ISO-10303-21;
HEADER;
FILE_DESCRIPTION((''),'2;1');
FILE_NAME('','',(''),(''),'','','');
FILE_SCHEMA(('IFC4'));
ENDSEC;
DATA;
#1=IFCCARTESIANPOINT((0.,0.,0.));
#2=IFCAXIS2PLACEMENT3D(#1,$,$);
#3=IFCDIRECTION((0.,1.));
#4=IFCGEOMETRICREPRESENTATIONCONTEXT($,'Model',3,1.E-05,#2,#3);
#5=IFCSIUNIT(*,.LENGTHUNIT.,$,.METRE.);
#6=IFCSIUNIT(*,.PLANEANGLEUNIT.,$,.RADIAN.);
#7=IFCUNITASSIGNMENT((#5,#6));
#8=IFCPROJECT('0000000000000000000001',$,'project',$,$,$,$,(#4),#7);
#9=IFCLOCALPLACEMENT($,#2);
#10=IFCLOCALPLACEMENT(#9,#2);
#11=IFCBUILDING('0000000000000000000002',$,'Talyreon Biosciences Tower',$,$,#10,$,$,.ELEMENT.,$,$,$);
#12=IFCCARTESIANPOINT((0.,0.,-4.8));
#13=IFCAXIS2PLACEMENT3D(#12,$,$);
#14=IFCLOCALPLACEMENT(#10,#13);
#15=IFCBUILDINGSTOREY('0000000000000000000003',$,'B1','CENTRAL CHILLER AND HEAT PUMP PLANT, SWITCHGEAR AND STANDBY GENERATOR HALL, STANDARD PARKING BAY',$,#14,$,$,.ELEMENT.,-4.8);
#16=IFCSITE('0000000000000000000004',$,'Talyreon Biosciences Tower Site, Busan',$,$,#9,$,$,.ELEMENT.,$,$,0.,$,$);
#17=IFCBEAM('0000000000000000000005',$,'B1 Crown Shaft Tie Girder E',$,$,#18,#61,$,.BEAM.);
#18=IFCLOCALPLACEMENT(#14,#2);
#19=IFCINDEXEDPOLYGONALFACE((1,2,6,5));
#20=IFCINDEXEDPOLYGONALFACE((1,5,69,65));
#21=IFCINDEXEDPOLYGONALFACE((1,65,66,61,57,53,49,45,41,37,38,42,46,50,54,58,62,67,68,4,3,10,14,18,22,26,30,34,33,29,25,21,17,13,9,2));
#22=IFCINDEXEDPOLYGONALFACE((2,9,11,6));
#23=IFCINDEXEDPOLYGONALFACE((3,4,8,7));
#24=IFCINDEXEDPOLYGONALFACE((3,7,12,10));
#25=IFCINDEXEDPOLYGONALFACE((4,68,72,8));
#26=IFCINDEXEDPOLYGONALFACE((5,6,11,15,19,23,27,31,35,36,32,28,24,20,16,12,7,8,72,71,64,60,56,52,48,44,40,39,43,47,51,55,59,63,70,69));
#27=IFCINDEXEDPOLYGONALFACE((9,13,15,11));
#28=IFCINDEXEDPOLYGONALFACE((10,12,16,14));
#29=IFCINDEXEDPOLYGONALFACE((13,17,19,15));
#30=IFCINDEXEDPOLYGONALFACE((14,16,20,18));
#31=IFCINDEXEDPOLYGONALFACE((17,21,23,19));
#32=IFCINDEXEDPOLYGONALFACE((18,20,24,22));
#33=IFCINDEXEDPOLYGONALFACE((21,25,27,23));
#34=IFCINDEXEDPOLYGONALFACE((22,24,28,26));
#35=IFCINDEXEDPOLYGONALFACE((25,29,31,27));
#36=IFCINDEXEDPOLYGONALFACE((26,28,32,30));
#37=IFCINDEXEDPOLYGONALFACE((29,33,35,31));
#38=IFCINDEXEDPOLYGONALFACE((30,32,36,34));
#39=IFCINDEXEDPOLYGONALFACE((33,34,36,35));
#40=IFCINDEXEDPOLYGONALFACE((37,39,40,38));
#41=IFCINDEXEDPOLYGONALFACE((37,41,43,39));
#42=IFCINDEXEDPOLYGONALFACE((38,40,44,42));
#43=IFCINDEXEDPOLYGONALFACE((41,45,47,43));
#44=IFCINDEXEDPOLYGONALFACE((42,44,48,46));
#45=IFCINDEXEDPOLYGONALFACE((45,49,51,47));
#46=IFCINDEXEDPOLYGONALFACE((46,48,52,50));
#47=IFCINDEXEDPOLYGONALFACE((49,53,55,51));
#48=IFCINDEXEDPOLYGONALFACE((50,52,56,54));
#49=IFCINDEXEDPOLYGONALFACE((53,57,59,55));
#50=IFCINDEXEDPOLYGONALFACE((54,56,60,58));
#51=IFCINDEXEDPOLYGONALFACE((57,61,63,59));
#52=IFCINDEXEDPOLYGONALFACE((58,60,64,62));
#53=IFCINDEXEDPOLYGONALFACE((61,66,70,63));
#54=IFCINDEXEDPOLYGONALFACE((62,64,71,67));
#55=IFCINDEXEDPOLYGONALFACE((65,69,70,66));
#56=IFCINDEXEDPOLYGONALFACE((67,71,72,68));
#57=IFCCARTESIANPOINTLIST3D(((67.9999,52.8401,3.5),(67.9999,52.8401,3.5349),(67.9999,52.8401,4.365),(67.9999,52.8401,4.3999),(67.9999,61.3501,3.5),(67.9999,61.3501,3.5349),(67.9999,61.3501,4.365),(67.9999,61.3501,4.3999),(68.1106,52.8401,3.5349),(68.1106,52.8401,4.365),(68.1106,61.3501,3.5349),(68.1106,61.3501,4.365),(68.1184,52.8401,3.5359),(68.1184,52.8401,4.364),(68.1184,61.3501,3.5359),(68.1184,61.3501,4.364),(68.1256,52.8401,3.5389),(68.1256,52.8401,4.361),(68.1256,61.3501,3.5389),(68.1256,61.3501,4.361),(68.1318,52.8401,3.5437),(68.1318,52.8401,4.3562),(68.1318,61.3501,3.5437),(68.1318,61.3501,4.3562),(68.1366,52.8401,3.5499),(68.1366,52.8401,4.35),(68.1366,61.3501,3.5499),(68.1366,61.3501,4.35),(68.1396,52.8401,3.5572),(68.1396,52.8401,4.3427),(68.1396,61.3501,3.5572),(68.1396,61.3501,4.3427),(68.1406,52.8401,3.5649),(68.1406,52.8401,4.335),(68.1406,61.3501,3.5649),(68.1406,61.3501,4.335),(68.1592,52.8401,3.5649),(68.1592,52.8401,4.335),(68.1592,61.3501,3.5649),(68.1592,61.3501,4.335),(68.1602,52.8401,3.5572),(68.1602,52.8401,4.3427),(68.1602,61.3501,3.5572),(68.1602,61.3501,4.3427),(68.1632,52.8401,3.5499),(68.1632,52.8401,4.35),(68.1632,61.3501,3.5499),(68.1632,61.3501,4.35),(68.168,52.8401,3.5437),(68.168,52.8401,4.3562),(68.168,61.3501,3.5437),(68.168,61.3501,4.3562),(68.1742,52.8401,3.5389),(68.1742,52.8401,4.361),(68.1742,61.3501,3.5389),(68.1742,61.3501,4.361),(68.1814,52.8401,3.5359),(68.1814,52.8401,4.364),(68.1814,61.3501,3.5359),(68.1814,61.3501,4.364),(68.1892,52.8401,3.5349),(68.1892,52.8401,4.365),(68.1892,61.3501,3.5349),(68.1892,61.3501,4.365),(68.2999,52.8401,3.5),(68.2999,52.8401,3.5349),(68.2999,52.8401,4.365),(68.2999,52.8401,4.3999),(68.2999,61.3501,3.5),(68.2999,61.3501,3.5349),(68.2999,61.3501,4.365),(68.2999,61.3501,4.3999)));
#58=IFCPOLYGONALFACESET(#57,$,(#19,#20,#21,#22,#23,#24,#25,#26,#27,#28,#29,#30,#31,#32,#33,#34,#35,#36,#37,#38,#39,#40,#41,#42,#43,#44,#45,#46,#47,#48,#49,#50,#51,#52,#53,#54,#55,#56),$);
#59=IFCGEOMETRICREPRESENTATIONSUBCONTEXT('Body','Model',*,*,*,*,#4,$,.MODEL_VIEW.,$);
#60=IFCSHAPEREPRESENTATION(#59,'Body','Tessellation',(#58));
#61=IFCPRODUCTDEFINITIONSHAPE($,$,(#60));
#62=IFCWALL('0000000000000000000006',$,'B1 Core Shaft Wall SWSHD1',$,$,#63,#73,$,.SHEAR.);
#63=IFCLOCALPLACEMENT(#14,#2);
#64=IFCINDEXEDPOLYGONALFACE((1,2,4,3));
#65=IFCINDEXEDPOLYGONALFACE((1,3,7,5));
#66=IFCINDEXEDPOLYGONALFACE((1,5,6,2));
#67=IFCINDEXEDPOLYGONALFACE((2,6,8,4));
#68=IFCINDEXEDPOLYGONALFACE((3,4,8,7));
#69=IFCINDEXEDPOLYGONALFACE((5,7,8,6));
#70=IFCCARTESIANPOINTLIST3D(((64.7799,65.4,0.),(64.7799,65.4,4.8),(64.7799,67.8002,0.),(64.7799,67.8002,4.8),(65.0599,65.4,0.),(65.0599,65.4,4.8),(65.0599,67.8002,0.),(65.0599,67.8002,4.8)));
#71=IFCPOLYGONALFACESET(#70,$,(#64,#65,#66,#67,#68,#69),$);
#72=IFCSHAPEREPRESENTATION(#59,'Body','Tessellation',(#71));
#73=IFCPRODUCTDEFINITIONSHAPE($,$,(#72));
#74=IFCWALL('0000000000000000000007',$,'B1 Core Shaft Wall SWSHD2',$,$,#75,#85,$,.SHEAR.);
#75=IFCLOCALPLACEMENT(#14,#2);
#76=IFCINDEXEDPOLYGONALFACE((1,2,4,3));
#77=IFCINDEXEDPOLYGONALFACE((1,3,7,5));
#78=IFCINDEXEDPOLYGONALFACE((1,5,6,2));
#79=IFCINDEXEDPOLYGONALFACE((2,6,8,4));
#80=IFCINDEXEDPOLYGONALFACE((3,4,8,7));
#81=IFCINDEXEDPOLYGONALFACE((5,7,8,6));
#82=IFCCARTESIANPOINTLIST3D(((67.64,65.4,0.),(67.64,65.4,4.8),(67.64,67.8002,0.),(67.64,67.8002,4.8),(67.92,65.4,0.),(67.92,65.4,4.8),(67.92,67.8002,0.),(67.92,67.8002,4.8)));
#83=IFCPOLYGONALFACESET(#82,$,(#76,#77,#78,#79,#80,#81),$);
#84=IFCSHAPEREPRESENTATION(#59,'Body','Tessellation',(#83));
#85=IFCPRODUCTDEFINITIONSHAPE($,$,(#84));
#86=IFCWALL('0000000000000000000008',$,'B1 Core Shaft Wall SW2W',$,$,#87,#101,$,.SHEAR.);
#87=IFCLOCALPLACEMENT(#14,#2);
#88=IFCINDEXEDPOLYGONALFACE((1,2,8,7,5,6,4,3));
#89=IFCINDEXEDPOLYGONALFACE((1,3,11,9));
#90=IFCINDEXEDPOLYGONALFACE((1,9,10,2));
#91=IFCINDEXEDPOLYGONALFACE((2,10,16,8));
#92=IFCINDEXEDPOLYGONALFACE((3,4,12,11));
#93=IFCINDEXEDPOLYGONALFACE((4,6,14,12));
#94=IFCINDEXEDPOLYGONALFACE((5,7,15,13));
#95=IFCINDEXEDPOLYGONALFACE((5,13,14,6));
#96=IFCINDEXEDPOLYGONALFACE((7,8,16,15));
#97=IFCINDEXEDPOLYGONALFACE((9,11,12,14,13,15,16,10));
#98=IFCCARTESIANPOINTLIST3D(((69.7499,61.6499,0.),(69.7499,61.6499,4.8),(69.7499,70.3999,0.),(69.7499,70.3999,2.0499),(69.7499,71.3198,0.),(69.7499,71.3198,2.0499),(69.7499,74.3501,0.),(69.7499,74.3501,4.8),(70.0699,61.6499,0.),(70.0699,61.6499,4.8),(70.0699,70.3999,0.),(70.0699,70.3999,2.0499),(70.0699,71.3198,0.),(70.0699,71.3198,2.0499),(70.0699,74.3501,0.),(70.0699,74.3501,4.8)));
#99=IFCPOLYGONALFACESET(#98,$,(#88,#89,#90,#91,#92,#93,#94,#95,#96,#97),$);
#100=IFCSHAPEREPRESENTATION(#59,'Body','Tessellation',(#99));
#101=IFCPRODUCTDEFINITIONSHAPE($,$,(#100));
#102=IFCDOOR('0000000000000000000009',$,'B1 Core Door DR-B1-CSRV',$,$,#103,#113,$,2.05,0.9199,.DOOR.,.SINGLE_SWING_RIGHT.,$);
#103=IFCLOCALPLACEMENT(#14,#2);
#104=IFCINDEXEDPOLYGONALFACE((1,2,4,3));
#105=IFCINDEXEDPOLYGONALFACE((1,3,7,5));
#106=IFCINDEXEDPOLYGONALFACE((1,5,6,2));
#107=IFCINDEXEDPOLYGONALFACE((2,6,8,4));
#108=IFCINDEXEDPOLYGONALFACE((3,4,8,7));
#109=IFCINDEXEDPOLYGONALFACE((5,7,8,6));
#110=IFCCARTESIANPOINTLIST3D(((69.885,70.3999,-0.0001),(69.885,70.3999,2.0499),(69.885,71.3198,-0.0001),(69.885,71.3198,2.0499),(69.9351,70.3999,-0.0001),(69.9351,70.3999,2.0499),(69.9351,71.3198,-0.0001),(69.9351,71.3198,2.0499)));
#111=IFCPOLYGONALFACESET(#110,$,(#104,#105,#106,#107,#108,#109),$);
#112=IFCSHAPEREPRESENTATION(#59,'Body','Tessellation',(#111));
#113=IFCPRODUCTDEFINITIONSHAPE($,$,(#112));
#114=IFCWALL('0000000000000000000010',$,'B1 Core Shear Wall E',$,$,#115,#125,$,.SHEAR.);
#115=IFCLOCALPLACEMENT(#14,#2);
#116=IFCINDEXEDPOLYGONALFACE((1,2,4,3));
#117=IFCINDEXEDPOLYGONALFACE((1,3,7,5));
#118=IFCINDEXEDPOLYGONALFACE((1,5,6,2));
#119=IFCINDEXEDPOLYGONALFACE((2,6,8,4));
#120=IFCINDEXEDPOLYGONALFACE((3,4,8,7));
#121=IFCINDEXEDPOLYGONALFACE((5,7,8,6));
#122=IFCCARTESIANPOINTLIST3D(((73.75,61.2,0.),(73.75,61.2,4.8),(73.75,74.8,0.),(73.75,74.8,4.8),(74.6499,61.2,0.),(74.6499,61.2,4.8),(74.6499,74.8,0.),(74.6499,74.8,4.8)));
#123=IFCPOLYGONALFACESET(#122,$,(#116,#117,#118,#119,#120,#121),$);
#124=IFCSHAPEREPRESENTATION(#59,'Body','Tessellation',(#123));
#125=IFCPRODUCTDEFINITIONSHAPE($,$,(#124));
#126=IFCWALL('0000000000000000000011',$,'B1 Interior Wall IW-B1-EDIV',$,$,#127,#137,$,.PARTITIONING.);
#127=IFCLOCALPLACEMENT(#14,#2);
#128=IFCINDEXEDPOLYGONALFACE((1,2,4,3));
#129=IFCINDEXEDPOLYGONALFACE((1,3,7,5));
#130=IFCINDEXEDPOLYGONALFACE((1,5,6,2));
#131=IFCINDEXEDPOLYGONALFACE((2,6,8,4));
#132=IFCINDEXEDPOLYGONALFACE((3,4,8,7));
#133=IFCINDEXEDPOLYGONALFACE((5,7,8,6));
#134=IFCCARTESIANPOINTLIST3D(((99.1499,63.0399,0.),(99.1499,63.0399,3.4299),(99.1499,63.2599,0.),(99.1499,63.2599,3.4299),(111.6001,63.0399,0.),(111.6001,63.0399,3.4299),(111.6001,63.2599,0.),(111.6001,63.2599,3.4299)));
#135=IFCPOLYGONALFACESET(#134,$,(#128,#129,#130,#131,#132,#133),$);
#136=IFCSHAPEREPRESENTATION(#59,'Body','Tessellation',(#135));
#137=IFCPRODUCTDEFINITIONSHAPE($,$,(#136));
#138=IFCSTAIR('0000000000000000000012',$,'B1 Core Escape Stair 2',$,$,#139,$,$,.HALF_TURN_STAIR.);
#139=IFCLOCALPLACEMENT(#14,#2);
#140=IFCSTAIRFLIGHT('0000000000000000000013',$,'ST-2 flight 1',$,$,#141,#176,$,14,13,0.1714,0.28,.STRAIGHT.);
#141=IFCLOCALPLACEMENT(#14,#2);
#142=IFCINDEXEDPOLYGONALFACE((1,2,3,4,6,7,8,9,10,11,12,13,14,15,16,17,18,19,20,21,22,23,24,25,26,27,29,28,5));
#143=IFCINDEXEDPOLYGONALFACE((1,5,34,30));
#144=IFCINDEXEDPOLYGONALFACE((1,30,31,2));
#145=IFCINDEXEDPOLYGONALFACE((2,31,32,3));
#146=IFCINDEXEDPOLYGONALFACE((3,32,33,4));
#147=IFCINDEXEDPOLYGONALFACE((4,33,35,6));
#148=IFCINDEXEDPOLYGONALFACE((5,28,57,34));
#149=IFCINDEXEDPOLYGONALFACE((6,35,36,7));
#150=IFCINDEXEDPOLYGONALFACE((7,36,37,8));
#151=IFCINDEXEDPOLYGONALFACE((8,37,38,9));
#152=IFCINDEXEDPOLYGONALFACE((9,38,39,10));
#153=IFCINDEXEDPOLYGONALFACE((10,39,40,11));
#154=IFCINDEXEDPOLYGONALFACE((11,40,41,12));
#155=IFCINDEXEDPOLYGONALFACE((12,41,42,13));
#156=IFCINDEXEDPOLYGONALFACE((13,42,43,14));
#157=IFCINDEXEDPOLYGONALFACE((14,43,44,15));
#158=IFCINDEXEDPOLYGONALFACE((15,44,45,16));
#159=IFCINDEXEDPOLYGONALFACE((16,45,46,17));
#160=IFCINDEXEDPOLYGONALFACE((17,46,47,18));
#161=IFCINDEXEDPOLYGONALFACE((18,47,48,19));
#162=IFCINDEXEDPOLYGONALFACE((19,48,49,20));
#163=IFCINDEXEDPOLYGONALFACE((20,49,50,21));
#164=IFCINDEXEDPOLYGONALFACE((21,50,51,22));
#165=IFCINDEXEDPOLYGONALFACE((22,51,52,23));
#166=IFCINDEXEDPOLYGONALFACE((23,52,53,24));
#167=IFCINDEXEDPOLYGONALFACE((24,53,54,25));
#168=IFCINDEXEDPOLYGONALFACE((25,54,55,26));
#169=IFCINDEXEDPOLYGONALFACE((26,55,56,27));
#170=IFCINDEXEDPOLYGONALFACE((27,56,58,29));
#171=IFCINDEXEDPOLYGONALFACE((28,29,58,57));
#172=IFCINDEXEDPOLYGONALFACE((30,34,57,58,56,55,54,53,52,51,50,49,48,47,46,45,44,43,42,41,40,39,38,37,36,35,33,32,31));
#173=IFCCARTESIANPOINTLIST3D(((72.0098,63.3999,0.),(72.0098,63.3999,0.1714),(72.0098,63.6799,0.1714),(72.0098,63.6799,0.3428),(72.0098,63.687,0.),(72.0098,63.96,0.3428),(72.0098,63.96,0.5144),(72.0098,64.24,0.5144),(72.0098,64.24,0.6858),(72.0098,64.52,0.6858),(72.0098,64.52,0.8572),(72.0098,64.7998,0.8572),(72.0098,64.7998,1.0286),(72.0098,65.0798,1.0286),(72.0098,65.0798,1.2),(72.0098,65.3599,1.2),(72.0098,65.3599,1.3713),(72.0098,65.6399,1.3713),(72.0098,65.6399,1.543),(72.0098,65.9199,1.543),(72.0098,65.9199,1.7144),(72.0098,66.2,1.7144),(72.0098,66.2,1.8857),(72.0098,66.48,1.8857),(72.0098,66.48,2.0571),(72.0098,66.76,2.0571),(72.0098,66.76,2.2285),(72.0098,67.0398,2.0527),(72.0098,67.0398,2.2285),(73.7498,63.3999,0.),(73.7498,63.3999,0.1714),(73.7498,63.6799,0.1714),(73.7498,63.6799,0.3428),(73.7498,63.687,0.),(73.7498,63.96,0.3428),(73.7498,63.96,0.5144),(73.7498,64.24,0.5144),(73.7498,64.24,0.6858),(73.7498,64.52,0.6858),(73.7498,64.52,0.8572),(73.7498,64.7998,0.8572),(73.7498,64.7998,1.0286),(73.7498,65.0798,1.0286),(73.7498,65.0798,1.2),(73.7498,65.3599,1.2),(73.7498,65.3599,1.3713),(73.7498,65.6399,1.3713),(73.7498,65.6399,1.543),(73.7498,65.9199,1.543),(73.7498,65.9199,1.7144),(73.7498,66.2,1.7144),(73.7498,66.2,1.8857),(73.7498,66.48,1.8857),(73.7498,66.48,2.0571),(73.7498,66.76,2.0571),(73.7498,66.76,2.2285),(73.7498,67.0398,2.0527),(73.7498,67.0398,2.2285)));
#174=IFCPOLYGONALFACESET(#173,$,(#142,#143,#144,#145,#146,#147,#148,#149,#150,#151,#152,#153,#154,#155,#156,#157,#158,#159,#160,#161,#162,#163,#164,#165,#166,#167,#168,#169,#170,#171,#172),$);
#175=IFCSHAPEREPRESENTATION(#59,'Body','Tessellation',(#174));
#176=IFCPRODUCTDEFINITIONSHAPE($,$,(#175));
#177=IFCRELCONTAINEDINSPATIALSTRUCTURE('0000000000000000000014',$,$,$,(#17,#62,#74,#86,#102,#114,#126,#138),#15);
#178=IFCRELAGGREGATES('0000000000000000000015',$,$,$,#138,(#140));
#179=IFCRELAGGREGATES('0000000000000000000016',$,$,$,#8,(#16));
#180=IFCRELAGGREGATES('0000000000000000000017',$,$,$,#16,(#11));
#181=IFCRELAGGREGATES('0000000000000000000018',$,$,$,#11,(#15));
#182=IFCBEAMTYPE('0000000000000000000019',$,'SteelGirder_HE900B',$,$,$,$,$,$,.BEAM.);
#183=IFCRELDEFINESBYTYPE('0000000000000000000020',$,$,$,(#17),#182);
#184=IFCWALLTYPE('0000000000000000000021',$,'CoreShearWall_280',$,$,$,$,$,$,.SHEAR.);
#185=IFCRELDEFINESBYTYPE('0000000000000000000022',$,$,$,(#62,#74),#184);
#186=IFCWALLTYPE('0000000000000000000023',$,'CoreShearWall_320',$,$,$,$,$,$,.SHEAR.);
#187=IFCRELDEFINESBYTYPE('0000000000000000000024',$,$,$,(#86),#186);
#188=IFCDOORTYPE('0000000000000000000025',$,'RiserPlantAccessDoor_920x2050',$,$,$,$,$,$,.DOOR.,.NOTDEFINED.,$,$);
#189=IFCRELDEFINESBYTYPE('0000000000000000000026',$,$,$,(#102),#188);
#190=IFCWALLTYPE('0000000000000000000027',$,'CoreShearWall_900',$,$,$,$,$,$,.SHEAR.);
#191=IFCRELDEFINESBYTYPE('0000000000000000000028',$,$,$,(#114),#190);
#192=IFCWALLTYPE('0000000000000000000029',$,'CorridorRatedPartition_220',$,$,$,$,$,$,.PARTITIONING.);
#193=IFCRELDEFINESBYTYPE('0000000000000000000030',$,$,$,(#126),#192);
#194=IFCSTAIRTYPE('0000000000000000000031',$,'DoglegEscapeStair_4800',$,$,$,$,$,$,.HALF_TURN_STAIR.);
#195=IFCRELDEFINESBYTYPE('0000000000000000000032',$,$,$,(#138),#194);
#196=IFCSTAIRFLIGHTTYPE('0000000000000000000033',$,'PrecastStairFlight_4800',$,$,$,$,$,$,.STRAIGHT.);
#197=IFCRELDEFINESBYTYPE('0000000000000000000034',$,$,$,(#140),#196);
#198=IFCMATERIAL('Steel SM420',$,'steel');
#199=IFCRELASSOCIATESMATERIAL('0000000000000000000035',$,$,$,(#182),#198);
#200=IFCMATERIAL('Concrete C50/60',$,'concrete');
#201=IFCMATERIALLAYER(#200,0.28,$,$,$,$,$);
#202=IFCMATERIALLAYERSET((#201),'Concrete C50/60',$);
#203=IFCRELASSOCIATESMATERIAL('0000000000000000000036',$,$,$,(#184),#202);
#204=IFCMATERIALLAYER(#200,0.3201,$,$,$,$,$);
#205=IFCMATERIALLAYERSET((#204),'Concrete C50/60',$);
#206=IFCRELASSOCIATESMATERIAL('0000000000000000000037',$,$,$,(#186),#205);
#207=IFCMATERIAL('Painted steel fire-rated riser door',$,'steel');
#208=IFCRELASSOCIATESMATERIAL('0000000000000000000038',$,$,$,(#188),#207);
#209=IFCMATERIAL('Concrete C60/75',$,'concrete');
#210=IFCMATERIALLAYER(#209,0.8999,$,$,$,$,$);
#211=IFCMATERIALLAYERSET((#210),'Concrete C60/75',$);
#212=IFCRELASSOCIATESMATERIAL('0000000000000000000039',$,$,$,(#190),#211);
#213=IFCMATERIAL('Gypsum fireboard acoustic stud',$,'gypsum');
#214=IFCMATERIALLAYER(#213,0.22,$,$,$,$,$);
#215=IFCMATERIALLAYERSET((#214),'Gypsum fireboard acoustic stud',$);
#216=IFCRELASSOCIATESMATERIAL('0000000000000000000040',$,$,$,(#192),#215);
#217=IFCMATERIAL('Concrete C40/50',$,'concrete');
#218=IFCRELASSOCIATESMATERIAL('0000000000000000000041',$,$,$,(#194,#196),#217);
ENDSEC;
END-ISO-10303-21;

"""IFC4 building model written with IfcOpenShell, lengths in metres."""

from ifc_helpers import new_model, si_unit, direction, frame, frame_2d, origin, origin_2d, place, context, subcontext, project, spatial, polyline, rectangle, i_section, outline, extrude, material, layer, layer_set, material_profile, profile_set, type_object, element, fill, aggregate, save


model = new_model("IFC4")

# Units and contexts
model_context = context("Model", 3, precision=1e-05, world=origin(), true_north=direction((0.0, 1.0)))
body_context = subcontext(model_context, "Body", "Model", "MODEL_VIEW")
ifc_project = project(units=[si_unit("LENGTHUNIT", "METRE"), si_unit("PLANEANGLEUNIT", "RADIAN")], contexts=[model_context])

# Site, building, storey
site_placement = place(None, origin())
site = spatial("IfcSite", under=ifc_project, at=site_placement, Name="Talyreon Biosciences Tower Site, Busan", CompositionType="ELEMENT", RefElevation=0.0)
building_placement = place(site_placement, origin())
building = spatial("IfcBuilding", under=site, at=building_placement, Name="Talyreon Biosciences Tower", CompositionType="ELEMENT")
storey_placement = place(building_placement, frame((0.0, 0.0, -4.8)))
storey = spatial("IfcBuildingStorey", under=building, at=storey_placement, Name="B1", Description="CENTRAL CHILLER AND HEAT PUMP PLANT, SWITCHGEAR AND STANDBY GENERATOR HALL, STANDARD PARKING BAY", CompositionType="ELEMENT", Elevation=-4.8)

# Shared definitions
ifc_material_1 = material(Name="Concrete C50/60", Category="concrete")
ifc_material_2 = material(Name="Concrete C60/75", Category="concrete")

# Beam
ifc_material_3 = material(Name="Steel SM420", Category="steel")
ifc_material_profile_1 = material_profile(ifc_material_3, i_section(OverallWidth=0.3, OverallDepth=0.8999, WebThickness=0.0186, FlangeThickness=0.0349, FilletRadius=0.03, at=origin_2d()), Name="HE900B")
ifc_profile_set_1 = profile_set([ifc_material_profile_1], Name="Steel SM420")
beam_type_1 = type_object("IfcBeamType", Name="SteelGirder_HE900B", PredefinedType="BEAM", material=ifc_profile_set_1)
beam_1_placement = place(storey_placement, frame((68.1499, 52.8401, 3.95), z_axis=(0.0, 1.0, 0.0), x_axis=(-1.0, 0.0, 0.0)))
element("IfcBeam", 1, at=beam_1_placement, inside=storey, type_object=beam_type_1, Name="B1 Crown Shaft Tie Girder E", PredefinedType="BEAM", context=body_context, shape_type="SweptSolid", body=[
    extrude(i_section(OverallWidth=0.3, OverallDepth=0.8999, WebThickness=0.0186, FlangeThickness=0.0349, FilletRadius=0.03, at=origin_2d()), origin(), (0.0, 0.0, 1.0), 8.51),
])

# Walls
ifc_layer_1 = layer(ifc_material_1, 0.28)
ifc_layer_set_1 = layer_set([ifc_layer_1], Name="Concrete C50/60")
wall_type_1 = type_object("IfcWallType", Name="CoreShearWall_280", PredefinedType="SHEAR", material=ifc_layer_set_1)
for number, where, z_axis, x_axis, name in (
    (2, (64.9199, 65.3999, 0.0), (0.0, 0.0, 1.0), (0.0, 1.0, 0.0), "B1 Core Shaft Wall SWSHD1"),
    (3, (67.78, 65.3999, 0.0), (0.0, 0.0, 1.0), (0.0, 1.0, 0.0), "B1 Core Shaft Wall SWSHD2"),
):
    element("IfcWall", number, at=place(storey_placement, frame(where, z_axis=z_axis, x_axis=x_axis)), inside=storey, type_object=wall_type_1, Name=name, PredefinedType="SHEAR", context=body_context, shape_type="SweptSolid", body=[
        extrude(rectangle(XDim=2.4001, YDim=0.28, at=frame_2d((1.2002, 0.0))), origin(), (0.0, 0.0, 1.0), 4.8),
    ])

# Wall, opening, door
ifc_layer_2 = layer(ifc_material_1, 0.3201)
ifc_layer_set_2 = layer_set([ifc_layer_2], Name="Concrete C50/60")
wall_type_2 = type_object("IfcWallType", Name="CoreShearWall_320", PredefinedType="SHEAR", material=ifc_layer_set_2)
wall_1_placement = place(storey_placement, frame((69.9099, 61.6499, 0.0), z_axis=(0.0, 0.0, 1.0), x_axis=(0.0, 1.0, 0.0)))
wall_1 = element("IfcWall", 4, at=wall_1_placement, inside=storey, type_object=wall_type_2, Name="B1 Core Shaft Wall SW2W", PredefinedType="SHEAR", context=body_context, shape_type="SweptSolid", body=[
    extrude(rectangle(XDim=12.7002, YDim=0.3201, at=frame_2d((6.3501, 0.0))), origin(), (0.0, 0.0, 1.0), 4.8),
])
opening_placement = place(wall_1_placement, frame((8.75, 0.0, 0.0)))
opening = element("IfcOpeningElement", 5, at=opening_placement, cuts=wall_1, PredefinedType="OPENING", context=body_context, shape_type="SweptSolid", body=[
    extrude(rectangle(XDim=0.9199, YDim=2.05, at=frame_2d((0.46, 1.0249))), frame((0.0, 0.1699, 0.0), z_axis=(0.0, -1.0, 0.0), x_axis=(1.0, 0.0, 0.0)), (0.0, 0.0, 1.0), 0.3401),
])
ifc_material_4 = material(Name="Painted steel fire-rated riser door", Category="steel")
door_type = type_object("IfcDoorType", Name="RiserPlantAccessDoor_920x2050", OperationType="NOTDEFINED", PredefinedType="DOOR", material=ifc_material_4)
door_placement = place(opening_placement, origin())
door = element("IfcDoor", 6, at=door_placement, inside=storey, type_object=door_type, Name="B1 Core Door DR-B1-CSRV", OperationType="SINGLE_SWING_RIGHT", OverallHeight=2.05, OverallWidth=0.9199, PredefinedType="DOOR", context=body_context, shape_type="SweptSolid", body=[
    extrude(rectangle(XDim=0.9199, YDim=2.05, at=frame_2d((0.46, 1.0249))), frame((0.0, 0.0249, 0.0), z_axis=(0.0, -1.0, 0.0), x_axis=(1.0, 0.0, 0.0)), (0.0, 0.0, 1.0), 0.05),
])
fill(opening, door)

# Walls
ifc_layer_3 = layer(ifc_material_2, 0.8999)
ifc_layer_set_3 = layer_set([ifc_layer_3], Name="Concrete C60/75")
wall_type_3 = type_object("IfcWallType", Name="CoreShearWall_900", PredefinedType="SHEAR", material=ifc_layer_set_3)
wall_2_placement = place(storey_placement, frame((74.2, 61.2, 0.0), z_axis=(0.0, 0.0, 1.0), x_axis=(0.0, 1.0, 0.0)))
element("IfcWall", 7, at=wall_2_placement, inside=storey, type_object=wall_type_3, Name="B1 Core Shear Wall E", PredefinedType="SHEAR", context=body_context, shape_type="SweptSolid", body=[
    extrude(rectangle(XDim=13.6001, YDim=0.8999, at=frame_2d((6.8, 0.0))), origin(), (0.0, 0.0, 1.0), 4.8),
])
ifc_material_5 = material(Name="Gypsum fireboard acoustic stud", Category="gypsum")
ifc_layer_4 = layer(ifc_material_5, 0.22)
ifc_layer_set_4 = layer_set([ifc_layer_4], Name="Gypsum fireboard acoustic stud")
wall_type_4 = type_object("IfcWallType", Name="CorridorRatedPartition_220", PredefinedType="PARTITIONING", material=ifc_layer_set_4)
wall_3_placement = place(storey_placement, frame((99.1499, 63.1499, 0.0), z_axis=(0.0, 0.0, 1.0), x_axis=(1.0, 0.0, 0.0)))
element("IfcWall", 8, at=wall_3_placement, inside=storey, type_object=wall_type_4, Name="B1 Interior Wall IW-B1-EDIV", PredefinedType="PARTITIONING", context=body_context, shape_type="SweptSolid", body=[
    extrude(rectangle(XDim=12.4502, YDim=0.22, at=frame_2d((6.2251, 0.0))), origin(), (0.0, 0.0, 1.0), 3.4299),
])

# Stair, stair flight
ifc_material_6 = material(Name="Concrete C40/50", Category="concrete")
stair_type = type_object("IfcStairType", Name="DoglegEscapeStair_4800", PredefinedType="HALF_TURN_STAIR", material=ifc_material_6)
stair_placement = place(storey_placement, origin())
stair = element("IfcStair", 9, at=stair_placement, inside=storey, type_object=stair_type, Name="B1 Core Escape Stair 2", PredefinedType="HALF_TURN_STAIR")
stair_flight_type = type_object("IfcStairFlightType", Name="PrecastStairFlight_4800", PredefinedType="STRAIGHT", material=ifc_material_6)
stair_flight_placement = place(storey_placement, frame((72.8799, 63.3999, 0.0), z_axis=(0.0, 0.0, 1.0), x_axis=(0.0, 1.0, 0.0)))
stair_flight = element("IfcStairFlight", 10, at=stair_flight_placement, type_object=stair_flight_type, Name="ST-2 flight 1", NumberOfRisers=14, NumberOfTreads=13, PredefinedType="STRAIGHT", RiserHeight=0.1714, TreadLength=0.28, context=body_context, shape_type="SweptSolid", body=[
    extrude(outline(polyline([(0.0, 0.0), (0.0, 0.1714), (0.28, 0.1714), (0.28, 0.3428), (0.5601, 0.3428), (0.5601, 0.5144), (0.8401, 0.5144), (0.8401, 0.6858), (1.1201, 0.6858), (1.1201, 0.8572), (1.3999, 0.8572), (1.3999, 1.0286), (1.6799, 1.0286), (1.6799, 1.2), (1.96, 1.2), (1.96, 1.3713), (2.24, 1.3713), (2.24, 1.543), (2.52, 1.543), (2.52, 1.7144), (2.8, 1.7144), (2.8, 1.8857), (3.0801, 1.8857), (3.0801, 2.0571), (3.3601, 2.0571), (3.3601, 2.2285), (3.6399, 2.2285), (3.6399, 2.3999), (3.6399, 2.0527), (0.2871, 0.0), (0.0, 0.0)])), frame((0.0, 0.8701, 0.0), z_axis=(0.0, -1.0, 0.0), x_axis=(1.0, 0.0, 0.0)), (0.0, 0.0, 1.0), 1.74),
])
aggregate(stair, [stair_flight])

save(model, "model.ifc")
